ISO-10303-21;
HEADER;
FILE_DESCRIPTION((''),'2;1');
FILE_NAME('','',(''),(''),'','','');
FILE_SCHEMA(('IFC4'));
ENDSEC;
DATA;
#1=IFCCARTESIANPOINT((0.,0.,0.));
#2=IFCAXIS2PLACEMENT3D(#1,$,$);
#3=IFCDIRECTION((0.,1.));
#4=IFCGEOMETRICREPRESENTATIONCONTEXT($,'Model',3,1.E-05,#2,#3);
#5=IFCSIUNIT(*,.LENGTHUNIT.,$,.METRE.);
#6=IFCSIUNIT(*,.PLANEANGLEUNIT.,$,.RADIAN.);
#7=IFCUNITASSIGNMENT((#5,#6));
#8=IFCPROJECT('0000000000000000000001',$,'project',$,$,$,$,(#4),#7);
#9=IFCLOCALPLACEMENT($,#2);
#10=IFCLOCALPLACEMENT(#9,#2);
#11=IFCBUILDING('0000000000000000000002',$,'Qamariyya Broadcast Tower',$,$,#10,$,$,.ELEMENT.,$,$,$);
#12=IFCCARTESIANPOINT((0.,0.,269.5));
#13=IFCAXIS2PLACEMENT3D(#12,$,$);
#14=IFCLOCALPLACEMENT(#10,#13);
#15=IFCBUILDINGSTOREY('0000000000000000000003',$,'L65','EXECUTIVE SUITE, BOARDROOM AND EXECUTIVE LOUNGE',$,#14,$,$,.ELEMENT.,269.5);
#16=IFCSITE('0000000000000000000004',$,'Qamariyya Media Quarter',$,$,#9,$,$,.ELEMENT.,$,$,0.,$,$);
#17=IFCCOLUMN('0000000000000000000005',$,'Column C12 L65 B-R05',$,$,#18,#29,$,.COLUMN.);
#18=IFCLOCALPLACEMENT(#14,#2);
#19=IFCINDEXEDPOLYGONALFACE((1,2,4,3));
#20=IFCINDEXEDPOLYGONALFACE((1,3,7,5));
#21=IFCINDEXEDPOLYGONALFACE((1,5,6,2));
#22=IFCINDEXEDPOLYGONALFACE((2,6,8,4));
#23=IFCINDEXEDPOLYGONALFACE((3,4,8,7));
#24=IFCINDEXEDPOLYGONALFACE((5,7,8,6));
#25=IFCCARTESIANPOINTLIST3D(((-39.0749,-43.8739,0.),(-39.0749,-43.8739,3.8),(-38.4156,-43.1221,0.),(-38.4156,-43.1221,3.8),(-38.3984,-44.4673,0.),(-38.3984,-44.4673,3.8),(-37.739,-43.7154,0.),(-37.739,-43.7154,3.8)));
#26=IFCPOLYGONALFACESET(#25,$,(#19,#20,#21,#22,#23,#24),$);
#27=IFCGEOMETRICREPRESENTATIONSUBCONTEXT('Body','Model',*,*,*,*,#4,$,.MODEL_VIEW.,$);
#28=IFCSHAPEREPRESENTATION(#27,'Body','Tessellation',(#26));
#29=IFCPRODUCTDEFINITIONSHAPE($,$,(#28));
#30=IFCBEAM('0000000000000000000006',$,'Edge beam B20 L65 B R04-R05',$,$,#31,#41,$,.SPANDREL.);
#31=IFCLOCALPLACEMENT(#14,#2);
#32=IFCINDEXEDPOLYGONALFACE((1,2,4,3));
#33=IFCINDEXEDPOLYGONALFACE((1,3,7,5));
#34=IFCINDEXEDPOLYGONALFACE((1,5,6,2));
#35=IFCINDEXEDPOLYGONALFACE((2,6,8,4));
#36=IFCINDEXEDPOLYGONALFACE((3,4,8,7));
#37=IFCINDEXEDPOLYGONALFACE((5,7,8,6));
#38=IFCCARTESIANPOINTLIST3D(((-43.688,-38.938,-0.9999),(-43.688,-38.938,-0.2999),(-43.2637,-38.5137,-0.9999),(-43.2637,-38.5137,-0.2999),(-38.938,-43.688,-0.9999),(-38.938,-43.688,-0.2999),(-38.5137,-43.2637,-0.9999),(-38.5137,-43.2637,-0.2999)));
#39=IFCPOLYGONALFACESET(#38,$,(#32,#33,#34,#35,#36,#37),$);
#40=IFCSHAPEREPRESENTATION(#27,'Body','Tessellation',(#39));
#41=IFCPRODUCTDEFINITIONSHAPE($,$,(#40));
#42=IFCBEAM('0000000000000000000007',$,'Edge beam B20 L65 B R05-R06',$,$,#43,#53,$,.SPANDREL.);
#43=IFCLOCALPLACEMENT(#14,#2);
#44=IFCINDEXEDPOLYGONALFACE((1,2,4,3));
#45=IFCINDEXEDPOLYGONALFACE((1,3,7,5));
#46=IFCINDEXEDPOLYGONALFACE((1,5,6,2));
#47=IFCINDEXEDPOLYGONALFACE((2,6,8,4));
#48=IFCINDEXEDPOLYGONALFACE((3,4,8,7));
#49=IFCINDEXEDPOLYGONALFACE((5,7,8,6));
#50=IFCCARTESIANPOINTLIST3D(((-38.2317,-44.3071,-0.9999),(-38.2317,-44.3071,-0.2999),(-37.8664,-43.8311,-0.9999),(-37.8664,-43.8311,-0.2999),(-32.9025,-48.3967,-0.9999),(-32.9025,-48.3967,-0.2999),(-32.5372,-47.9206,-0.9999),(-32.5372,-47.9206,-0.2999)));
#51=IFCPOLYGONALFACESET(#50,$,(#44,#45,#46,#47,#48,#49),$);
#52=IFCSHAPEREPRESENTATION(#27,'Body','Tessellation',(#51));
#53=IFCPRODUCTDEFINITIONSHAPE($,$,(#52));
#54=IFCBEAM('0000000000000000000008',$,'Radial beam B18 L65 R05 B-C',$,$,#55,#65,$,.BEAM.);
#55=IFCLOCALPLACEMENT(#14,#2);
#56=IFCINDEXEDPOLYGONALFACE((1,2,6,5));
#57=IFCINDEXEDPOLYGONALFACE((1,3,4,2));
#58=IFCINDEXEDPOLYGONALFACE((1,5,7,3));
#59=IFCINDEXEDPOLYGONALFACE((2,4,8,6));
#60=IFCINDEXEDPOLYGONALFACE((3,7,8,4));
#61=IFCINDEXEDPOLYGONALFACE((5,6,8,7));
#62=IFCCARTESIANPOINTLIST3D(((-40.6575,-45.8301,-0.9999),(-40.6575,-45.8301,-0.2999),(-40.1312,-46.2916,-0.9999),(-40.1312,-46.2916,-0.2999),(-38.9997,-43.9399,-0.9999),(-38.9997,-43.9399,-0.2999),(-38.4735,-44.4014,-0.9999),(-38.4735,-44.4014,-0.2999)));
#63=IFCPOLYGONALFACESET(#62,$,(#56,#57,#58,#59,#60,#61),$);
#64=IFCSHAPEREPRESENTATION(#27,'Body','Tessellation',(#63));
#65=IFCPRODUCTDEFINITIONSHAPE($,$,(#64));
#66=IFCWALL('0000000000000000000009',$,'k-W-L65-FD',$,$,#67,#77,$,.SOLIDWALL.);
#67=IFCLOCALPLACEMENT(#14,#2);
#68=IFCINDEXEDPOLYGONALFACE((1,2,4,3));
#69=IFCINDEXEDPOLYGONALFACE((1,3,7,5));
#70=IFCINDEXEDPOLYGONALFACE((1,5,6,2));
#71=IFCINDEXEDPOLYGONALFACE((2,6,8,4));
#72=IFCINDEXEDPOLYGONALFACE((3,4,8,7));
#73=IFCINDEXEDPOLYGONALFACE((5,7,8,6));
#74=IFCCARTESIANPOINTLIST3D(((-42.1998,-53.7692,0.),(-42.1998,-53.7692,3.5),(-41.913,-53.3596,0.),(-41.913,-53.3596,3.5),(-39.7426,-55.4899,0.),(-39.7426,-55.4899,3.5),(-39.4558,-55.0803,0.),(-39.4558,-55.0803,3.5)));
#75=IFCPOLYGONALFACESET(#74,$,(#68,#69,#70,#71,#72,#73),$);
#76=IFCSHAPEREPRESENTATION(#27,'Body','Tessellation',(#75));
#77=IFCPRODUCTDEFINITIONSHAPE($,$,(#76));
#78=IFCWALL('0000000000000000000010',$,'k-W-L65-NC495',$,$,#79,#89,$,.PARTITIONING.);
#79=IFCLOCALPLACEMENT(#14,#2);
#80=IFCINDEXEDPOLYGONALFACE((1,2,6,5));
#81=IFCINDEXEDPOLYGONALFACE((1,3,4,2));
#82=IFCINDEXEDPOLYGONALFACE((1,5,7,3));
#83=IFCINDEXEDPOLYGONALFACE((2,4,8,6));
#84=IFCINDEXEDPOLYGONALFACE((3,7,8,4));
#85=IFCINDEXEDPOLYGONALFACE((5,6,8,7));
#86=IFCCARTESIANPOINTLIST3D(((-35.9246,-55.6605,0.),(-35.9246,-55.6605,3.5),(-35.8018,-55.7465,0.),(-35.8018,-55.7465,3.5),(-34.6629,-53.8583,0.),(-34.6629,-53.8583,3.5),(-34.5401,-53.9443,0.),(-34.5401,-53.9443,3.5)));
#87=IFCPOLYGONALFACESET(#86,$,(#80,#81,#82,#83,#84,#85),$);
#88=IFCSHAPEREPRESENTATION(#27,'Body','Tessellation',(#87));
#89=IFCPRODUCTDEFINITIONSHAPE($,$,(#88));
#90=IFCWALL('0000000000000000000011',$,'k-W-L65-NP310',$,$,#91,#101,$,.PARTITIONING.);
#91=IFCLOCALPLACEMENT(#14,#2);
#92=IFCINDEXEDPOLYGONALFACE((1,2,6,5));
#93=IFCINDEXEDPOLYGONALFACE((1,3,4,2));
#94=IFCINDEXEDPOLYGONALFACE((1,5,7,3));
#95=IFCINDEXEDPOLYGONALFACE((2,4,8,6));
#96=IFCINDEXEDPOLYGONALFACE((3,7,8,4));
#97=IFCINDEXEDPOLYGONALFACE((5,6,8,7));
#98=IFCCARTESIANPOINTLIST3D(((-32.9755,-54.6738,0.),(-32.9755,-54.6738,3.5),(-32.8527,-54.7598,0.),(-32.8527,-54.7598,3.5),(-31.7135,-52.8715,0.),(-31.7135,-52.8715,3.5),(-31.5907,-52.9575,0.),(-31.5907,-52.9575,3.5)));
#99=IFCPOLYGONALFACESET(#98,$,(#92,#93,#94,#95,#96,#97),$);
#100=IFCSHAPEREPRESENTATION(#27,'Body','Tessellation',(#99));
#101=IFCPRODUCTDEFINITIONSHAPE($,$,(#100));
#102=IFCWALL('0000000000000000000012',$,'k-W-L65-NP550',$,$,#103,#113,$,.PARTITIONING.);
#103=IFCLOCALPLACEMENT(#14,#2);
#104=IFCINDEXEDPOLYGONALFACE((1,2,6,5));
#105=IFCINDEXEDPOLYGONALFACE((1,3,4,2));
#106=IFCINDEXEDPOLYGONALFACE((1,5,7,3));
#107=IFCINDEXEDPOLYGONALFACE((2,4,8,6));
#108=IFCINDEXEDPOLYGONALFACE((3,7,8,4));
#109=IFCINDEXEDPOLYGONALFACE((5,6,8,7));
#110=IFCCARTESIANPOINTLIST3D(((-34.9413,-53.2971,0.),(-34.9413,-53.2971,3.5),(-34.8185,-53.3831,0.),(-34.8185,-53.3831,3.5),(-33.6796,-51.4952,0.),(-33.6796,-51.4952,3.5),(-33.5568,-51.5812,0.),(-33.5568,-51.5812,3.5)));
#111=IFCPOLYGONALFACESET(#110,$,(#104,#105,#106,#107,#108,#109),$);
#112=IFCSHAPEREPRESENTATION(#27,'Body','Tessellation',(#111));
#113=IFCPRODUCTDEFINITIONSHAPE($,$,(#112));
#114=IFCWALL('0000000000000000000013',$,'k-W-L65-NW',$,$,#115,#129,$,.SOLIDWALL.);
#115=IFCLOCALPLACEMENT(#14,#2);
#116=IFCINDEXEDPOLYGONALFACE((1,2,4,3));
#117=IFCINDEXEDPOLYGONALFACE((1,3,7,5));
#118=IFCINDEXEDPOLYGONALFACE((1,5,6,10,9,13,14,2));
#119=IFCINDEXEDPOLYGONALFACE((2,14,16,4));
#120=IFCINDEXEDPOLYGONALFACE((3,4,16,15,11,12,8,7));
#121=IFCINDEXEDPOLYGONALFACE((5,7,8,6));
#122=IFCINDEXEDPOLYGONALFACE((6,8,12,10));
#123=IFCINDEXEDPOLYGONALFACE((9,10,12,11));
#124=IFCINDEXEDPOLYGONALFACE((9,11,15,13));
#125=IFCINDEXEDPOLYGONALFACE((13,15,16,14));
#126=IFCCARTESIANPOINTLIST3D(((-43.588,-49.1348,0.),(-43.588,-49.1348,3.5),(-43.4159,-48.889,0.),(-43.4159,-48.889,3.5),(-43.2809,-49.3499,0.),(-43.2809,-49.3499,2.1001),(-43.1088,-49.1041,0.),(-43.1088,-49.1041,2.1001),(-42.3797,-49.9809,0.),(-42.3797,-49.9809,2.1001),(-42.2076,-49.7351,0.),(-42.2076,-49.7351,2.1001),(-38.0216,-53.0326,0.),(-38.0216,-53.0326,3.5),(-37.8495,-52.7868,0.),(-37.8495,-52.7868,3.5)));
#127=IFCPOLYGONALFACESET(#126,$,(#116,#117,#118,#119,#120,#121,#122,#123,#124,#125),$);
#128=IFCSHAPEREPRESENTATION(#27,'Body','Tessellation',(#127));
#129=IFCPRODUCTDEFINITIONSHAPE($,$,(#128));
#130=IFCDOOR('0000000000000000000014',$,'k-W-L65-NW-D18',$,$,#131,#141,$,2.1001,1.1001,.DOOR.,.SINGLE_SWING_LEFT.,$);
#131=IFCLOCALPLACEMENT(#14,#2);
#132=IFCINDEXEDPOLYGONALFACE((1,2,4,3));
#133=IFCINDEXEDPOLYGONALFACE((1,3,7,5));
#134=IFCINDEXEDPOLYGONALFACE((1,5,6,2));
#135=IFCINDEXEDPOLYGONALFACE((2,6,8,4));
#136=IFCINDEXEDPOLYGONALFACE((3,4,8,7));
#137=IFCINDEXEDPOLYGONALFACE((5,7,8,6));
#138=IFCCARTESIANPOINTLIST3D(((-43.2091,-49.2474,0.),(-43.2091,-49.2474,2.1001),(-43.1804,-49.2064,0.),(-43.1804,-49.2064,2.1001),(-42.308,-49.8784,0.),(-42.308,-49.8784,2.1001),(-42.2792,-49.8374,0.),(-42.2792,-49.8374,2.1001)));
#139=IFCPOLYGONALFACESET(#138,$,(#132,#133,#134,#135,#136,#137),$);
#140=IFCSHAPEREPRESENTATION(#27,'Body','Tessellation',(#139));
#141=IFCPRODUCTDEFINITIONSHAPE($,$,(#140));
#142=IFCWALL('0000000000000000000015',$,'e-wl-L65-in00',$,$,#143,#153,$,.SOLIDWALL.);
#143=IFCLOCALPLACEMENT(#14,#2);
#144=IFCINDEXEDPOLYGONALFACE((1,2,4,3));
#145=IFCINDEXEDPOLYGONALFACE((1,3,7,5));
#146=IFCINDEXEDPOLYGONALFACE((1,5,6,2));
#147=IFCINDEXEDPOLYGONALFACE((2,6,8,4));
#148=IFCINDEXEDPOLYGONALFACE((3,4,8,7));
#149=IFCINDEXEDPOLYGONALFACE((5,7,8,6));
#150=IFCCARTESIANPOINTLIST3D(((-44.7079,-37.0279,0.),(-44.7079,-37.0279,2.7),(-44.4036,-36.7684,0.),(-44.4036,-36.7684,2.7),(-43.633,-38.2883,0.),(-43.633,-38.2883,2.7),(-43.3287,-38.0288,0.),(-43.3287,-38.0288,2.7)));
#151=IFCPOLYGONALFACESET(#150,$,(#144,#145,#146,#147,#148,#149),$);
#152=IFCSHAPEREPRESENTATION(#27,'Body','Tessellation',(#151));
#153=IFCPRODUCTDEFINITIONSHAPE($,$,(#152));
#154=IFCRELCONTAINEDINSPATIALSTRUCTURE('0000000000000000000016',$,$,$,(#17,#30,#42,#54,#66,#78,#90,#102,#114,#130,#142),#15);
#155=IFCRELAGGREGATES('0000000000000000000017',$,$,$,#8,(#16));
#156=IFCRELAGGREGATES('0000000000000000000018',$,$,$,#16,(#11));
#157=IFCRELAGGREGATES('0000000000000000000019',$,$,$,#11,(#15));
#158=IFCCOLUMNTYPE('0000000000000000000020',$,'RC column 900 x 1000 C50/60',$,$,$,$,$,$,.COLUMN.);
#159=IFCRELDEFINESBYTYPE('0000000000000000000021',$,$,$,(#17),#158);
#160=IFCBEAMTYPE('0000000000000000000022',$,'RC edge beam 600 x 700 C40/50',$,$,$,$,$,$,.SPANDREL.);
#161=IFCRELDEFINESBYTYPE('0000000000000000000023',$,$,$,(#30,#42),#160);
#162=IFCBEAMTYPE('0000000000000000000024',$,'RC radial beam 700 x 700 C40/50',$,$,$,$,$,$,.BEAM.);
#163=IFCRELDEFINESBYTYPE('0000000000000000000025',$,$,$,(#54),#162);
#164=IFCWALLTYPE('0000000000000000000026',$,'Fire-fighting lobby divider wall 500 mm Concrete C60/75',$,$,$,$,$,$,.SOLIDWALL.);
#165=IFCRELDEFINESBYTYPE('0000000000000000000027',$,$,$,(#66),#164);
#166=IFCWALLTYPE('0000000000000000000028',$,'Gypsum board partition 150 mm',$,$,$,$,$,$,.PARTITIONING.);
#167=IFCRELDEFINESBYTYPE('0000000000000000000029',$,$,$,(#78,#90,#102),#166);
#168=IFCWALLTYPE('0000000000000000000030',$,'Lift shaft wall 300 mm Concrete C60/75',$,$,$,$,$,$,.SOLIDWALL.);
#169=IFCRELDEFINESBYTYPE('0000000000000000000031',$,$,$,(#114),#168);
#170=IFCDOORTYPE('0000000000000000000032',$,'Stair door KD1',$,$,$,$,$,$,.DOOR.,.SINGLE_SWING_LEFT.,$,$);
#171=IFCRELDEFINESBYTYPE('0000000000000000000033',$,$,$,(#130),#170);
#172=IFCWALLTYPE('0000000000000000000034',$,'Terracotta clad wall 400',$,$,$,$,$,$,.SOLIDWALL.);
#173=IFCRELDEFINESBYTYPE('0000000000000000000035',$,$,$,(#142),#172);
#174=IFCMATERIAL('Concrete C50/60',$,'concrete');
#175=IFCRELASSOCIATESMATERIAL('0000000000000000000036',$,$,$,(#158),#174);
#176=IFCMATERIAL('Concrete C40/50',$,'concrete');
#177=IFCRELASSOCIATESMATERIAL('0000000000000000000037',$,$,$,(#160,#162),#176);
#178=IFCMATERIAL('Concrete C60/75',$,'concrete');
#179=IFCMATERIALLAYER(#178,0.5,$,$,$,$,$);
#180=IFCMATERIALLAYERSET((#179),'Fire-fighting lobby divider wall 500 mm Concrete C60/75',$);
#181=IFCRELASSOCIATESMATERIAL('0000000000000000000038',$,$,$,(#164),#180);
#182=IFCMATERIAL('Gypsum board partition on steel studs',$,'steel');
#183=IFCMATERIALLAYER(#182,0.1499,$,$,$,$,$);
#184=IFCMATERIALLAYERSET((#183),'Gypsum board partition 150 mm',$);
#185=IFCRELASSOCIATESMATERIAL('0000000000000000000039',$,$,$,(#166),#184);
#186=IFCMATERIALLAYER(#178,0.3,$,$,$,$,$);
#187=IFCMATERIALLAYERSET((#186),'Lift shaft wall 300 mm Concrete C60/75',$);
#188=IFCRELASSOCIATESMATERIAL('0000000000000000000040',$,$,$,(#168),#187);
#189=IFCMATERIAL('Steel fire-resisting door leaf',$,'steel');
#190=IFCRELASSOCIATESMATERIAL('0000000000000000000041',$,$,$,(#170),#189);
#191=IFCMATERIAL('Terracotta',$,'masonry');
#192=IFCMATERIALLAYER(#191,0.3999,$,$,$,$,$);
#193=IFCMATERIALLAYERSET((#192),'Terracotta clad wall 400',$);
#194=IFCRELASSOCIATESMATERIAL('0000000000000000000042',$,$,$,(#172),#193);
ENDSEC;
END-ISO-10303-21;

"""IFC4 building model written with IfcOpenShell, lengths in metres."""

from ifc_helpers import new_model, si_unit, direction, frame, frame_2d, origin, origin_2d, place, context, subcontext, project, spatial, rectangle, extrude, material, layer, layer_set, material_profile, profile_set, type_object, element, fill, save


model = new_model("IFC4")

# Units and contexts
model_context = context("Model", 3, precision=1e-05, world=origin(), true_north=direction((0.0, 1.0)))
body_context = subcontext(model_context, "Body", "Model", "MODEL_VIEW")
ifc_project = project(units=[si_unit("LENGTHUNIT", "METRE"), si_unit("PLANEANGLEUNIT", "RADIAN")], contexts=[model_context])

# Site, building, storey
site_placement = place(None, origin())
site = spatial("IfcSite", under=ifc_project, at=site_placement, Name="Qamariyya Media Quarter", CompositionType="ELEMENT", RefElevation=0.0)
building_placement = place(site_placement, origin())
building = spatial("IfcBuilding", under=site, at=building_placement, Name="Qamariyya Broadcast Tower", CompositionType="ELEMENT")
storey_placement = place(building_placement, frame((0.0, 0.0, 269.5)))
storey = spatial("IfcBuildingStorey", under=building, at=storey_placement, Name="L65", Description="EXECUTIVE SUITE, BOARDROOM AND EXECUTIVE LOUNGE", CompositionType="ELEMENT", Elevation=269.5)

# Column
ifc_material_1 = material(Name="Concrete C50/60", Category="concrete")
ifc_material_profile_1 = material_profile(ifc_material_1, rectangle(XDim=0.8999, YDim=1.0, at=origin_2d()))
ifc_profile_set_1 = profile_set([ifc_material_profile_1], Name="Concrete C50/60")
column_type = type_object("IfcColumnType", Name="RC column 900 x 1000 C50/60", PredefinedType="COLUMN", material=ifc_profile_set_1)
column_placement = place(storey_placement, frame((-38.407, -43.7947, 0.0), z_axis=(0.0, 0.0, 1.0), x_axis=(0.75184, -0.659346, 0.0)))
element("IfcColumn", 1, at=column_placement, inside=storey, type_object=column_type, Name="Column C12 L65 B-R05", PredefinedType="COLUMN", context=body_context, shape_type="SweptSolid", body=[
    extrude(rectangle(XDim=0.8999, YDim=1.0, at=origin_2d()), origin(), (0.0, 0.0, 1.0), 3.8),
])

# Beams
ifc_material_2 = material(Name="Concrete C40/50", Category="concrete")
ifc_material_profile_2 = material_profile(ifc_material_2, rectangle(XDim=0.6001, YDim=0.7, at=origin_2d()))
ifc_profile_set_2 = profile_set([ifc_material_profile_2], Name="Concrete C40/50")
beam_type_1 = type_object("IfcBeamType", Name="RC edge beam 600 x 700 C40/50", PredefinedType="SPANDREL", material=ifc_profile_set_2)
for number, where, z_axis, x_axis, name in (
    (2, (-43.4758, -38.7258, -0.6499), (0.707107, -0.707107, 0.0), (0.707107, 0.707107, 0.0), "Edge beam B20 L65 B R04-R05"),
    (3, (-38.0491, -44.0691, -0.6499), (0.793335, -0.608785, 0.0), (0.608785, 0.793335, 0.0), "Edge beam B20 L65 B R05-R06"),
):
    element("IfcBeam", number, at=place(storey_placement, frame(where, z_axis=z_axis, x_axis=x_axis)), inside=storey, type_object=beam_type_1, Name=name, PredefinedType="SPANDREL", context=body_context, shape_type="SweptSolid", body=[
        extrude(rectangle(XDim=0.6001, YDim=0.7, at=origin_2d()), origin(), (0.0, 0.0, 1.0), 6.7175),
    ])
ifc_material_profile_3 = material_profile(ifc_material_2, rectangle(XDim=0.7, YDim=0.7, at=origin_2d()))
ifc_profile_set_3 = profile_set([ifc_material_profile_3], Name="Concrete C40/50")
beam_type_2 = type_object("IfcBeamType", Name="RC radial beam 700 x 700 C40/50", PredefinedType="BEAM", material=ifc_profile_set_3)
beam_placement = place(storey_placement, frame((-38.7366, -44.1707, -0.6499), z_axis=(-0.65937, -0.751818, 0.0), x_axis=(0.751818, -0.65937, 0.0)))
element("IfcBeam", 4, at=beam_placement, inside=storey, type_object=beam_type_2, Name="Radial beam B18 L65 R05 B-C", PredefinedType="BEAM", context=body_context, shape_type="SweptSolid", body=[
    extrude(rectangle(XDim=0.7, YDim=0.7, at=origin_2d()), origin(), (0.0, 0.0, 1.0), 2.5142),
])

# Walls
ifc_material_3 = material(Name="Concrete C60/75", Category="concrete")
ifc_layer_1 = layer(ifc_material_3, 0.5)
ifc_layer_set_1 = layer_set([ifc_layer_1], Name="Fire-fighting lobby divider wall 500 mm Concrete C60/75")
wall_type_1 = type_object("IfcWallType", Name="Fire-fighting lobby divider wall 500 mm Concrete C60/75", PredefinedType="SOLIDWALL", material=ifc_layer_set_1)
wall_1_placement = place(storey_placement, frame((-39.5991, -55.2852, 0.0), z_axis=(0.0, 0.0, 1.0), x_axis=(-0.819136, 0.573599, 0.0)))
element("IfcWall", 5, at=wall_1_placement, inside=storey, type_object=wall_type_1, Name="k-W-L65-FD", PredefinedType="SOLIDWALL", context=body_context, shape_type="SweptSolid", body=[
    extrude(rectangle(XDim=2.9998, YDim=0.5, at=frame_2d((1.5, 0.0))), origin(), (0.0, 0.0, 1.0), 3.5),
])
ifc_material_4 = material(Name="Gypsum board partition on steel studs", Category="steel")
ifc_layer_2 = layer(ifc_material_4, 0.1499)
ifc_layer_set_2 = layer_set([ifc_layer_2], Name="Gypsum board partition 150 mm")
wall_type_2 = type_object("IfcWallType", Name="Gypsum board partition 150 mm", PredefinedType="PARTITIONING", material=ifc_layer_set_2)
wall_2_placement = place(storey_placement, frame((-35.8633, -55.7036, 0.0), z_axis=(0.0, 0.0, 1.0), x_axis=(0.573507, 0.819201, 0.0)))
element("IfcWall", 6, at=wall_2_placement, inside=storey, type_object=wall_type_2, Name="k-W-L65-NC495", PredefinedType="PARTITIONING", context=body_context, shape_type="SweptSolid", body=[
    extrude(rectangle(XDim=2.2, YDim=0.1499, at=frame_2d((1.1001, 0.0))), origin(), (0.0, 0.0, 1.0), 3.5),
])
wall_3_placement = place(storey_placement, frame((-32.9141, -54.7168, 0.0), z_axis=(0.0, 0.0, 1.0), x_axis=(0.573581, 0.819149, 0.0)))
element("IfcWall", 7, at=wall_3_placement, inside=storey, type_object=wall_type_2, Name="k-W-L65-NP310", PredefinedType="PARTITIONING", context=body_context, shape_type="SweptSolid", body=[
    extrude(rectangle(XDim=2.2002, YDim=0.1499, at=frame_2d((1.1001, 0.0))), origin(), (0.0, 0.0, 1.0), 3.5),
])
wall_4_placement = place(storey_placement, frame((-34.8799, -53.3401, 0.0), z_axis=(0.0, 0.0, 1.0), x_axis=(0.573559, 0.819164, 0.0)))
element("IfcWall", 8, at=wall_4_placement, inside=storey, type_object=wall_type_2, Name="k-W-L65-NP550", PredefinedType="PARTITIONING", context=body_context, shape_type="SweptSolid", body=[
    extrude(rectangle(XDim=2.1997, YDim=0.1499, at=frame_2d((1.0999, 0.0))), origin(), (0.0, 0.0, 1.0), 3.5),
])

# Wall, opening, door
ifc_layer_3 = layer(ifc_material_3, 0.3)
ifc_layer_set_3 = layer_set([ifc_layer_3], Name="Lift shaft wall 300 mm Concrete C60/75")
wall_type_3 = type_object("IfcWallType", Name="Lift shaft wall 300 mm Concrete C60/75", PredefinedType="SOLIDWALL", material=ifc_layer_set_3)
wall_5_placement = place(storey_placement, frame((-37.9355, -52.9097, 0.0), z_axis=(0.0, 0.0, 1.0), x_axis=(-0.819148, 0.573583, 0.0)))
wall_5 = element("IfcWall", 9, at=wall_5_placement, inside=storey, type_object=wall_type_3, Name="k-W-L65-NW", PredefinedType="SOLIDWALL", context=body_context, shape_type="SweptSolid", body=[
    extrude(rectangle(XDim=6.7954, YDim=0.3, at=frame_2d((3.3977, 0.0))), origin(), (0.0, 0.0, 1.0), 3.5),
])
opening_1_placement = place(wall_5_placement, frame((5.3203, 0.0, 0.0)))
opening_1 = element("IfcOpeningElement", 10, at=opening_1_placement, cuts=wall_5, PredefinedType="OPENING", context=body_context, shape_type="SweptSolid", body=[
    extrude(rectangle(XDim=1.1001, YDim=2.1001, at=frame_2d((0.55, 1.05))), frame((0.0, 0.1599, 0.0), z_axis=(0.0, -1.0, 0.0), x_axis=(1.0, 0.0, 0.0)), (0.0, 0.0, 1.0), 0.3201),
])
ifc_material_5 = material(Name="Steel fire-resisting door leaf", Category="steel")
door_type = type_object("IfcDoorType", Name="Stair door KD1", OperationType="SINGLE_SWING_LEFT", PredefinedType="DOOR", material=ifc_material_5)
door_placement = place(opening_1_placement, origin())
door = element("IfcDoor", 11, at=door_placement, inside=storey, type_object=door_type, Name="k-W-L65-NW-D18", OperationType="SINGLE_SWING_LEFT", OverallHeight=2.1001, OverallWidth=1.1001, PredefinedType="DOOR", context=body_context, shape_type="SweptSolid", body=[
    extrude(rectangle(XDim=1.1001, YDim=2.1001, at=frame_2d((0.55, 1.05))), frame((0.0, 0.0249, 0.0), z_axis=(0.0, -1.0, 0.0), x_axis=(1.0, 0.0, 0.0)), (0.0, 0.0, 1.0), 0.05),
])
fill(opening_1, door)

# Wall
ifc_material_6 = material(Name="Terracotta", Category="masonry")
ifc_layer_4 = layer(ifc_material_6, 0.3999)
ifc_layer_set_4 = layer_set([ifc_layer_4], Name="Terracotta clad wall 400")
wall_type_4 = type_object("IfcWallType", Name="Terracotta clad wall 400", PredefinedType="SOLIDWALL", material=ifc_layer_set_4)
wall_6_placement = place(storey_placement, frame((-43.481, -38.1584, 0.0), z_axis=(0.0, 0.0, 1.0), x_axis=(-0.648884, 0.760887, 0.0)))
element("IfcWall", 12, at=wall_6_placement, inside=storey, type_object=wall_type_4, Name="e-wl-L65-in00", PredefinedType="SOLIDWALL", context=body_context, shape_type="SweptSolid", body=[
    extrude(rectangle(XDim=1.6565, YDim=0.3999, at=frame_2d((0.8281, 0.0))), origin(), (0.0, 0.0, 1.0), 2.7),
])

save(model, "model.ifc")
